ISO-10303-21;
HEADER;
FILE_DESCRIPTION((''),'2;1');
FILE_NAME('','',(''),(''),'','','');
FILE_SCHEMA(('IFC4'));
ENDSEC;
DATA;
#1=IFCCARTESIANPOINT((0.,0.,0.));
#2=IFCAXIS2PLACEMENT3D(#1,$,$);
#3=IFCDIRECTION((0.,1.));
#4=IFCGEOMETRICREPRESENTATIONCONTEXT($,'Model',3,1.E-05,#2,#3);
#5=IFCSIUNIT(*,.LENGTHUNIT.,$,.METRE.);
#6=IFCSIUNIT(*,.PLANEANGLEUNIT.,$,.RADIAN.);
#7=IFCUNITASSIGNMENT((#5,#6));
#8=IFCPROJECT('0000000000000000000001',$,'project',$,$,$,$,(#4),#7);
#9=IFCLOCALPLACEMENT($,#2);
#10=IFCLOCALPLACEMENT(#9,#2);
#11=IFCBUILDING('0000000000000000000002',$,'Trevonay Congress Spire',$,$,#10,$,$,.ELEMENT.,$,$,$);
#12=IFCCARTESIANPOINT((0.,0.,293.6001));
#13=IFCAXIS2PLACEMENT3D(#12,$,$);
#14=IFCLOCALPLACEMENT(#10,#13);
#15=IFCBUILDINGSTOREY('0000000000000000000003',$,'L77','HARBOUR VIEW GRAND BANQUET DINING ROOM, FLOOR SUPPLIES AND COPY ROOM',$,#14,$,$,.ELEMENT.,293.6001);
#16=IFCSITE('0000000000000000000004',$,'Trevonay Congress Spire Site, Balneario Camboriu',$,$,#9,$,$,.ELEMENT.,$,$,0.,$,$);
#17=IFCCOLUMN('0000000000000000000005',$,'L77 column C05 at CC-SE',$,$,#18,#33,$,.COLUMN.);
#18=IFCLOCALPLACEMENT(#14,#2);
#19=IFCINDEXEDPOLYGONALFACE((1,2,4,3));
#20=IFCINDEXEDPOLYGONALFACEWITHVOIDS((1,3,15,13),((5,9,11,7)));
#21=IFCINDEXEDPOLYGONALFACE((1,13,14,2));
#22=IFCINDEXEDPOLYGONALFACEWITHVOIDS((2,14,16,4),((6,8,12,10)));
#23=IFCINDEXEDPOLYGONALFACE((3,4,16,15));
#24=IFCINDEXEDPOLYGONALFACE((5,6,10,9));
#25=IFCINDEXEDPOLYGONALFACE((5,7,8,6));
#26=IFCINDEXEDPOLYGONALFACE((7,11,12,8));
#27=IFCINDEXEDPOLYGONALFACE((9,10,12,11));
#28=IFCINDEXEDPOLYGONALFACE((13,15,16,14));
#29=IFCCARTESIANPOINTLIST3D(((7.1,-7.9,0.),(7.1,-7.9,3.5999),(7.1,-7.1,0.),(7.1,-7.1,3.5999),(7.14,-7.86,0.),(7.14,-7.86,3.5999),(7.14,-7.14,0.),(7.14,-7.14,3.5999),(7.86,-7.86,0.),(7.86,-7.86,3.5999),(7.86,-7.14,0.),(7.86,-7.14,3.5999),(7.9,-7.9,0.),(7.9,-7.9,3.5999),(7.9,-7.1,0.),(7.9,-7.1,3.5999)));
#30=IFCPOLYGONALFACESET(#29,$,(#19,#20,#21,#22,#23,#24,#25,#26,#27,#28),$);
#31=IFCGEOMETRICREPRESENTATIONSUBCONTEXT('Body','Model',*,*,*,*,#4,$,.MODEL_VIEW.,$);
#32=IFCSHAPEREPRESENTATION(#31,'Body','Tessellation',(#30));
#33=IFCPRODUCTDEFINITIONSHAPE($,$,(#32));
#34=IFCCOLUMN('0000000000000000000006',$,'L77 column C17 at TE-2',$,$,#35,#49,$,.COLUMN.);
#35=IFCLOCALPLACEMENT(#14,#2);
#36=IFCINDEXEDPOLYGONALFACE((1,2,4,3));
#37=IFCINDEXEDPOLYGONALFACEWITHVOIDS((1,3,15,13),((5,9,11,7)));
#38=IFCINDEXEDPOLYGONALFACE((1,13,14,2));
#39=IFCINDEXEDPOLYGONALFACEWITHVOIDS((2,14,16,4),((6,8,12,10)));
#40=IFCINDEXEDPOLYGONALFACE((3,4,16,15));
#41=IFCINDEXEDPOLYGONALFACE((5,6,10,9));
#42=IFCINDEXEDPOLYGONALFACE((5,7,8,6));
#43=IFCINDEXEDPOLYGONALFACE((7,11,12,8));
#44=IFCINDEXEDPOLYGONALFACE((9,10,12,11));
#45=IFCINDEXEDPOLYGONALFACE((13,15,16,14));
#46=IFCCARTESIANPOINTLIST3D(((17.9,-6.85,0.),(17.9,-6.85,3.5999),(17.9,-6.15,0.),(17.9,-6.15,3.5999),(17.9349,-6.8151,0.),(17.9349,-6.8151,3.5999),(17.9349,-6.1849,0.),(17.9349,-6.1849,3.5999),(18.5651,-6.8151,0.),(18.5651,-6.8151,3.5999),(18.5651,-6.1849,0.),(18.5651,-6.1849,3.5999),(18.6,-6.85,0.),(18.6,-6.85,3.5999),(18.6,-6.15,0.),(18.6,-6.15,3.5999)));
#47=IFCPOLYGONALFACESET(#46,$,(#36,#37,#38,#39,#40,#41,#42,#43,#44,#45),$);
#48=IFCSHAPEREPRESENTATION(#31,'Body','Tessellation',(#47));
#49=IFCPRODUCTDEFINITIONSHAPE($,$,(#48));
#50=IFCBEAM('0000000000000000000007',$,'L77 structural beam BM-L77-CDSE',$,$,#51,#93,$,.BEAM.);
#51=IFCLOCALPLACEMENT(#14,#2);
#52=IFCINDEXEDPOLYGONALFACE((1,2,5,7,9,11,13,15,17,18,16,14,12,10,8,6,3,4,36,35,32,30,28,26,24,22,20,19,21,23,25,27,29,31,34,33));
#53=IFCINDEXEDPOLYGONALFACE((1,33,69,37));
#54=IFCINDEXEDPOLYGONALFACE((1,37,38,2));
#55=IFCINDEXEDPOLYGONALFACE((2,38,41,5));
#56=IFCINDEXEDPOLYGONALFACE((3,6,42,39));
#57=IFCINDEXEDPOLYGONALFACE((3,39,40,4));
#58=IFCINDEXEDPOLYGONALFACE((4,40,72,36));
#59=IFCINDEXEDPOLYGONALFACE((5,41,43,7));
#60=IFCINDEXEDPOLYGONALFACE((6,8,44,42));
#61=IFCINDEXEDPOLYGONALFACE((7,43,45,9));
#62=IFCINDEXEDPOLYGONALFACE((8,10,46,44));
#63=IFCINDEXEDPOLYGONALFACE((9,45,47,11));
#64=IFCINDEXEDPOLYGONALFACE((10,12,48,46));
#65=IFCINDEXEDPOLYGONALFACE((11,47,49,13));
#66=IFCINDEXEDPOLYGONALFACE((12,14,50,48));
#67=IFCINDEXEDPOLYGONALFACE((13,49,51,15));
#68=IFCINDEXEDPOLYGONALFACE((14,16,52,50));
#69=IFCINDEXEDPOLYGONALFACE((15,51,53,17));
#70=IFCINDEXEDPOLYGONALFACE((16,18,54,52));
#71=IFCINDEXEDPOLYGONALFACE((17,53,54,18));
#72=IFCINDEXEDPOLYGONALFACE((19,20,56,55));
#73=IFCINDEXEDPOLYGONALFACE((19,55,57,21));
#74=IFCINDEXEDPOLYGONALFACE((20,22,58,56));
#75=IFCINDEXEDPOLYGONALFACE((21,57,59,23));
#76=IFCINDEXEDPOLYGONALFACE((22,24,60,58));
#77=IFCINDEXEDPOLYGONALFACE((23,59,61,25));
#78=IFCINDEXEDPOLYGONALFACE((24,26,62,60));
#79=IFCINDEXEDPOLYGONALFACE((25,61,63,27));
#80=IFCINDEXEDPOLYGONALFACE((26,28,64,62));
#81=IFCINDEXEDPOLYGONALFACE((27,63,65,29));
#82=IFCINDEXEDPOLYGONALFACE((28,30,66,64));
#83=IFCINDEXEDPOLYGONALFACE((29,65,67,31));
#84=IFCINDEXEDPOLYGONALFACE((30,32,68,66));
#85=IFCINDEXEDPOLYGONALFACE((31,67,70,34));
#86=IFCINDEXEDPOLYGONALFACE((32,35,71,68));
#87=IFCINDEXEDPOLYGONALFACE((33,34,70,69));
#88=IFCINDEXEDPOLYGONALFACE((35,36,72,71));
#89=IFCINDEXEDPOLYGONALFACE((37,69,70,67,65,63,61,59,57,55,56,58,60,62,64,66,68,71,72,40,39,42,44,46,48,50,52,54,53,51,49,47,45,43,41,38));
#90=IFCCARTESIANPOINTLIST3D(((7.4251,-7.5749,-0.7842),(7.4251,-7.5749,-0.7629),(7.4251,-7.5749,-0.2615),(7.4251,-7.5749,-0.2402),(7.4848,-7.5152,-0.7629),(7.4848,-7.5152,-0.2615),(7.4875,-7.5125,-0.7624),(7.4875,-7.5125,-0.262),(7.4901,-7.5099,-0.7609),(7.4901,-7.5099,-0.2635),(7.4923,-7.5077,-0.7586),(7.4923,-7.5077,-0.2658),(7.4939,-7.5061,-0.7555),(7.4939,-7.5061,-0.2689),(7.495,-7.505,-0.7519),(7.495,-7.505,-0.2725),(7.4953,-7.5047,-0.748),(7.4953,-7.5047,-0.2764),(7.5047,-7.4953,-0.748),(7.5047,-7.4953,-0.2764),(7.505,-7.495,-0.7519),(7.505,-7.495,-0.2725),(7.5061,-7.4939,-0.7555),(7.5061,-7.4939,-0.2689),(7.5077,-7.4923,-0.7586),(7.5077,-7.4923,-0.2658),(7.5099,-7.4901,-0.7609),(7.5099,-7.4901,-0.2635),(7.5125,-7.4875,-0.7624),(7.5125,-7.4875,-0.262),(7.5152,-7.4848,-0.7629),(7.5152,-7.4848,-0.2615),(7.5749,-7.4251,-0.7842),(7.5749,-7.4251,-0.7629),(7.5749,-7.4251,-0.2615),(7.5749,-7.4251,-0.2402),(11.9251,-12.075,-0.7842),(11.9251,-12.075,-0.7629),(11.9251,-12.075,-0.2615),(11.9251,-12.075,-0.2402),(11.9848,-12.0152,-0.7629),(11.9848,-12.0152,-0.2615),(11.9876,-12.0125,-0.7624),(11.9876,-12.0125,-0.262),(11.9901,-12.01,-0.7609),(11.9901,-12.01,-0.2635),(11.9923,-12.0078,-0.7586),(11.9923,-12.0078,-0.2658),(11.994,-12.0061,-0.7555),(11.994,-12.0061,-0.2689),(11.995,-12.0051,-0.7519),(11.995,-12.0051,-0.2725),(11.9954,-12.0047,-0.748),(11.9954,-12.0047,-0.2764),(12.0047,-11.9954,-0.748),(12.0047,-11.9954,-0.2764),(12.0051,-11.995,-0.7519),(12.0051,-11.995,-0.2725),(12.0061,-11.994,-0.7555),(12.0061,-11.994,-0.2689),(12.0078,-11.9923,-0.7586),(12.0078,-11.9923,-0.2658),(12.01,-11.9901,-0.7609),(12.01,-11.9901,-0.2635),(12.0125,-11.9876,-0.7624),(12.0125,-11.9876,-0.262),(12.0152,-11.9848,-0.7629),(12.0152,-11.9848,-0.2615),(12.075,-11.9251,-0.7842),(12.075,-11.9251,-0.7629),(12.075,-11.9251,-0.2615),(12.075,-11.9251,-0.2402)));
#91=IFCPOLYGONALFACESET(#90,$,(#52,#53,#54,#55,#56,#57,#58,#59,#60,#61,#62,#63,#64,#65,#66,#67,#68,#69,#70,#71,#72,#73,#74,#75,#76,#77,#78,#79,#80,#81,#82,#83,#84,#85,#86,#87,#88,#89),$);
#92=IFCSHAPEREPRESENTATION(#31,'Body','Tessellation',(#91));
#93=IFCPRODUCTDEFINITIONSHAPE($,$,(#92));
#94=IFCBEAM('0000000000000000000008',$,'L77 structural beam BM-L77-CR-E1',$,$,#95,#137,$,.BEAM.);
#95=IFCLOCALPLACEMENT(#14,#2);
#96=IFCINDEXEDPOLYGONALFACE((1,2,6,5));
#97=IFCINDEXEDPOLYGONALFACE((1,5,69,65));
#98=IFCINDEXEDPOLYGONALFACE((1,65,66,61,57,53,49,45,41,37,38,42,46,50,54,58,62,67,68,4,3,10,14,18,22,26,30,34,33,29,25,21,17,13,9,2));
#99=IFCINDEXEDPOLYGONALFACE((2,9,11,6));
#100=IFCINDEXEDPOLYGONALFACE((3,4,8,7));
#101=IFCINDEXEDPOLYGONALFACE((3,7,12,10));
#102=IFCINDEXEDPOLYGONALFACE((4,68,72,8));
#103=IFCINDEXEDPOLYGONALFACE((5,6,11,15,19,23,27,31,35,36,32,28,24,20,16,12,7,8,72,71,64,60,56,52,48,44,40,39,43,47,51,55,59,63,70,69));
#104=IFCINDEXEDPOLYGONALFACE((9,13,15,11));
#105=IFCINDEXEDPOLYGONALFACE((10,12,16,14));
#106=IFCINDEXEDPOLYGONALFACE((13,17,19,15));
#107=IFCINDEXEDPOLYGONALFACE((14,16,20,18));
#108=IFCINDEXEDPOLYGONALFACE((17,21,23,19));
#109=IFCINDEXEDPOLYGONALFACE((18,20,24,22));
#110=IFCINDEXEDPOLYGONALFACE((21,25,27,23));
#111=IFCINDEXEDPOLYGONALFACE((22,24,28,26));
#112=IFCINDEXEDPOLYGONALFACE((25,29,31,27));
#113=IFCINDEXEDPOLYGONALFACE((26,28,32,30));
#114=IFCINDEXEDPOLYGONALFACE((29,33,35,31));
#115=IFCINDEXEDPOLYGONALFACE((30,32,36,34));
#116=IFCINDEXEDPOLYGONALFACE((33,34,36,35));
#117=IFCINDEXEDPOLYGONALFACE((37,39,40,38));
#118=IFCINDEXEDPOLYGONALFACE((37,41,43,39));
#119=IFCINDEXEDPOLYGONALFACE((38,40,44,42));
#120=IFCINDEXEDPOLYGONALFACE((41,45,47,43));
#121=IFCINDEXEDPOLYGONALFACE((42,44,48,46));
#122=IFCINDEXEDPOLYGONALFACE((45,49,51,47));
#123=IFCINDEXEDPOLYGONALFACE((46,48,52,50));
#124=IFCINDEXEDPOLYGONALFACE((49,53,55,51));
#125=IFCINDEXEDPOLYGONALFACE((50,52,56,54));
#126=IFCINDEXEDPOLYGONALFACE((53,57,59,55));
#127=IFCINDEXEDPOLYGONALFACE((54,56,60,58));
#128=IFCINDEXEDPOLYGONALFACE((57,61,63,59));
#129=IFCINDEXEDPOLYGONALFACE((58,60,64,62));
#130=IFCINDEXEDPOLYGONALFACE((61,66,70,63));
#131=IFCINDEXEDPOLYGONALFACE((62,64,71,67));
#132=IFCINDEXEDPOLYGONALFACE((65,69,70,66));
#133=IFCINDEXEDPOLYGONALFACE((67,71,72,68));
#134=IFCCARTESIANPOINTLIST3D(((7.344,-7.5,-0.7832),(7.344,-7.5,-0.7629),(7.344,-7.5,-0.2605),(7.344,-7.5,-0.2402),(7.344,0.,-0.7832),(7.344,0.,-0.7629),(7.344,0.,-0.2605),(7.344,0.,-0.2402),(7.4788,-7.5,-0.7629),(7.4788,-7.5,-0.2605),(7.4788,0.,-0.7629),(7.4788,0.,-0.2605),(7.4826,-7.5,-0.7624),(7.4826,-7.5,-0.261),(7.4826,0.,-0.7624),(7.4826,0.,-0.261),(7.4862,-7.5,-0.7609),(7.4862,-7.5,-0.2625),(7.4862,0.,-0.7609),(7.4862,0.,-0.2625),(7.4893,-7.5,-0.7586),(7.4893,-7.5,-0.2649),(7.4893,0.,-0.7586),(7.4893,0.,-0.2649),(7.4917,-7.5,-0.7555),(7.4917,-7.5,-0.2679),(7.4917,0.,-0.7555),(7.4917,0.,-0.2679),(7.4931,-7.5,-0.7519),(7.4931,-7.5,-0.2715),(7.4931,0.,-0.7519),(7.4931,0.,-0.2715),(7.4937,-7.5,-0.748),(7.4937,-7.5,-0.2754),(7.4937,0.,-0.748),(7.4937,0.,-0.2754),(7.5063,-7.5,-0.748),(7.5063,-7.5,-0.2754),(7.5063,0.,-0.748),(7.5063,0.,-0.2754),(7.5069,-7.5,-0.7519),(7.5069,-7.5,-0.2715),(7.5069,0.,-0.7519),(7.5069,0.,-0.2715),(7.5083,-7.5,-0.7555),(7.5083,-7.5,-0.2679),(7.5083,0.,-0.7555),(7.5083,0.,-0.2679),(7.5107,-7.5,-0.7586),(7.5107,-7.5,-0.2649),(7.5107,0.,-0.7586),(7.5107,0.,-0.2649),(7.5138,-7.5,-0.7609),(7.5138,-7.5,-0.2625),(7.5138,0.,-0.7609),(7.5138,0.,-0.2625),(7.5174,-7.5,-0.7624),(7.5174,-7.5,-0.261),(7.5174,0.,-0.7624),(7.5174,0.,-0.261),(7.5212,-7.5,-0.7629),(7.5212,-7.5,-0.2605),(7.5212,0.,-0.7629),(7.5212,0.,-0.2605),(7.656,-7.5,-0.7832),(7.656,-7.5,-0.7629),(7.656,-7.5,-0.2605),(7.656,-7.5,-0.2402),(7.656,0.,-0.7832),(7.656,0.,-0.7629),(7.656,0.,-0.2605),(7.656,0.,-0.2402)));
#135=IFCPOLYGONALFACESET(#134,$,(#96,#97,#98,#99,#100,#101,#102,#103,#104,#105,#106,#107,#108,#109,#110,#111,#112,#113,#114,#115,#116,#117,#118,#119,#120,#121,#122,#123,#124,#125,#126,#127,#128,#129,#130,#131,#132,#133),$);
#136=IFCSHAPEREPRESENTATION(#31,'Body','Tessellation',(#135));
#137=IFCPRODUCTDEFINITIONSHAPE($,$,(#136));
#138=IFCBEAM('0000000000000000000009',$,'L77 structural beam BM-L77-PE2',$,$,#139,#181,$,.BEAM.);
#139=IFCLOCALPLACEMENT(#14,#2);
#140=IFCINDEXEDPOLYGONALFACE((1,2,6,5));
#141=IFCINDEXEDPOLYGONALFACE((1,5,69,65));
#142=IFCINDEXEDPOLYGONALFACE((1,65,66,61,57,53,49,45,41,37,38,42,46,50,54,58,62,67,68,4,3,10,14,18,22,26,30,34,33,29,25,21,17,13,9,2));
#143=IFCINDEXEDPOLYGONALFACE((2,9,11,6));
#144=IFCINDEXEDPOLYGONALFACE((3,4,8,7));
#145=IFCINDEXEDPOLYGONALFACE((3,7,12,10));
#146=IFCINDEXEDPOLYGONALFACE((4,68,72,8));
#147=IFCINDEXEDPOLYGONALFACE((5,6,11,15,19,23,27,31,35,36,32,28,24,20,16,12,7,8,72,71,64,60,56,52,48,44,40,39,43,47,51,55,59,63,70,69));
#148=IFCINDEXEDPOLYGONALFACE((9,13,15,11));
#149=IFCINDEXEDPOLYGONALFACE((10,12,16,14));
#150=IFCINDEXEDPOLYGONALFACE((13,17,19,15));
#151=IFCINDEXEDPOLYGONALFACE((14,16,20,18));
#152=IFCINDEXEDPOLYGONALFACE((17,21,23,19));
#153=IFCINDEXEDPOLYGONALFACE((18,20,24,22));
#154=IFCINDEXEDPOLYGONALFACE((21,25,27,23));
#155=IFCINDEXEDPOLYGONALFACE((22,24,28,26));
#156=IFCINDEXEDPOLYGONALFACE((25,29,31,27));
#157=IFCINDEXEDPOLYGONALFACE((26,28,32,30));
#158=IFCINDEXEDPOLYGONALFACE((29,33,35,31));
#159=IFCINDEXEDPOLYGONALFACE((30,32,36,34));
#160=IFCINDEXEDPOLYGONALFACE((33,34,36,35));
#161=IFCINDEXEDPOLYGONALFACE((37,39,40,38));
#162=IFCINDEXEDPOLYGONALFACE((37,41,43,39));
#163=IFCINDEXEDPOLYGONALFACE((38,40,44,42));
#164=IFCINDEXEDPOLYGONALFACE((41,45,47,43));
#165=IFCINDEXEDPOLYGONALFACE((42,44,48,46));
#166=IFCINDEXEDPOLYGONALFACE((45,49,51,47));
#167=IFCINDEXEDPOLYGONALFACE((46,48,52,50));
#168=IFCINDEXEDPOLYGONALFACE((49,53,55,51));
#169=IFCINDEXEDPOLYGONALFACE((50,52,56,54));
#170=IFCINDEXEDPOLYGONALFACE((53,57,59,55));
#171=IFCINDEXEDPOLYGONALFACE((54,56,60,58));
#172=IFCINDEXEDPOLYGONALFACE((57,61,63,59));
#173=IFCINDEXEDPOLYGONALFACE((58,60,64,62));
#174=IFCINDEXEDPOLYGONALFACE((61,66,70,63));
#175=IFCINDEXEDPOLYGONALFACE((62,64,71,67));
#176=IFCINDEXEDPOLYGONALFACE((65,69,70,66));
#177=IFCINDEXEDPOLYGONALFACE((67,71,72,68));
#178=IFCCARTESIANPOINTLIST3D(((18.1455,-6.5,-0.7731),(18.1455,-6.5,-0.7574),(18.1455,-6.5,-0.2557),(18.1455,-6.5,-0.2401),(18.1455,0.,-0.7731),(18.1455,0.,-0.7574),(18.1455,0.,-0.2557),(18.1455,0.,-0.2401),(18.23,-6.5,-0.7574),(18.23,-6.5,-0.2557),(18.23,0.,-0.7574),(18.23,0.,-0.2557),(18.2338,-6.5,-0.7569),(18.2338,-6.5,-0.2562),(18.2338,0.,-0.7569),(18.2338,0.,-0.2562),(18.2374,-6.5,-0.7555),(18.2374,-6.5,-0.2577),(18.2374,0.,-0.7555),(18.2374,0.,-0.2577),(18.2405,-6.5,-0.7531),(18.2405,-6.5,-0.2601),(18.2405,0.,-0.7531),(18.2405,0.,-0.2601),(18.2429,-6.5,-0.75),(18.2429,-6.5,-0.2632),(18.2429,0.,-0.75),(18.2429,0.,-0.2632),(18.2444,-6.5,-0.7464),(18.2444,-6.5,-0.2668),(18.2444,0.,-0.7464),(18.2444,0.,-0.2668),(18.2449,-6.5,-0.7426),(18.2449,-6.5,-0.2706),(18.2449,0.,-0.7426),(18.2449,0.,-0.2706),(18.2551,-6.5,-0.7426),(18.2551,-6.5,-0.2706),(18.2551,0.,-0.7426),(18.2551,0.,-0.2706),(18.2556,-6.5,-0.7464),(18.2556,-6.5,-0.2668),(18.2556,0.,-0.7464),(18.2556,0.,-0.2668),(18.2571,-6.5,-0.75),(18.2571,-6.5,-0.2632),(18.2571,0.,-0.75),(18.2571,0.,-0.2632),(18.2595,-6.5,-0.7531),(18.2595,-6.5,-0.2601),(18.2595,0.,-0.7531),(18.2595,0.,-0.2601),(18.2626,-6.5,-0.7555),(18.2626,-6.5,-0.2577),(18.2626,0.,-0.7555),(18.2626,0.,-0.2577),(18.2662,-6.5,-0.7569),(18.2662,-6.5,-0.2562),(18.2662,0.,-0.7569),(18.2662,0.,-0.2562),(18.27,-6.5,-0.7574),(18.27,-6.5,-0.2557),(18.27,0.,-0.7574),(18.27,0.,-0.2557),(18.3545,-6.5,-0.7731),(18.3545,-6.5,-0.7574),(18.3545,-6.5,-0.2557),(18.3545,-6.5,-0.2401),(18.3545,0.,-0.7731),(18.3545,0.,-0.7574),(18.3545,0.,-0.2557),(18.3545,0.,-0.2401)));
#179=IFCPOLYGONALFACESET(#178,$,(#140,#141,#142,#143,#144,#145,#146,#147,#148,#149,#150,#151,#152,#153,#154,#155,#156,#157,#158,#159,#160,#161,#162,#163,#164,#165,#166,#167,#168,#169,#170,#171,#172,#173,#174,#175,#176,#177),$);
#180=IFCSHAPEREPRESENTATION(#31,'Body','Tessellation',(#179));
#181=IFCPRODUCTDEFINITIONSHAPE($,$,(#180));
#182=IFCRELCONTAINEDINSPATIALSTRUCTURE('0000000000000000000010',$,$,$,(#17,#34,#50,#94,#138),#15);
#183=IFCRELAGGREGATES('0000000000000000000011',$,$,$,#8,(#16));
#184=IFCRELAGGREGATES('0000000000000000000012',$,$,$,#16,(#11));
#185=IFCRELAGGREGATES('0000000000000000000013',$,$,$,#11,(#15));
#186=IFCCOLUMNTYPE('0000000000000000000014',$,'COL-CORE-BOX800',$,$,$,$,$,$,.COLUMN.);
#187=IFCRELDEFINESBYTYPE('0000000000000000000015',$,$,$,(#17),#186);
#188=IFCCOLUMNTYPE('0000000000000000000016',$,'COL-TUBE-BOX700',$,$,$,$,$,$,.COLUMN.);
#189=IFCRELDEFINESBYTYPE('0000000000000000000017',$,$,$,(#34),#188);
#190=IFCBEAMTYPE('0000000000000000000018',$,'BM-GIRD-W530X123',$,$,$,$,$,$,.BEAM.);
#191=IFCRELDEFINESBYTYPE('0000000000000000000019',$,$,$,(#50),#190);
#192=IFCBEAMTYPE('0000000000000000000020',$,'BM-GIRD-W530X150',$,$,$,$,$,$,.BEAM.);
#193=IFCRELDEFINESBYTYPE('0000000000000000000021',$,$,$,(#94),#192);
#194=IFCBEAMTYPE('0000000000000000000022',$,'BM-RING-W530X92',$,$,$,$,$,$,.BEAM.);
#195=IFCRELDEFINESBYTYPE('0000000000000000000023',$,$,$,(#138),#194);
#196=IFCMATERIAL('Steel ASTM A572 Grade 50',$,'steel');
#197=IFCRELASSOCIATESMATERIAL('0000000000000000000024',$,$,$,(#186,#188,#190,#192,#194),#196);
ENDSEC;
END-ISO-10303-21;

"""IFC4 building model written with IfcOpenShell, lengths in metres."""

from ifc_helpers import new_model, si_unit, direction, frame, origin, origin_2d, place, context, subcontext, project, spatial, hollow_rectangle, i_section, extrude, material, material_profile, profile_set, type_object, element, save


model = new_model("IFC4")

# Units and contexts
model_context = context("Model", 3, precision=1e-05, world=origin(), true_north=direction((0.0, 1.0)))
body_context = subcontext(model_context, "Body", "Model", "MODEL_VIEW")
ifc_project = project(units=[si_unit("LENGTHUNIT", "METRE"), si_unit("PLANEANGLEUNIT", "RADIAN")], contexts=[model_context])

# Site, building, storey
site_placement = place(None, origin())
site = spatial("IfcSite", under=ifc_project, at=site_placement, Name="Trevonay Congress Spire Site, Balneario Camboriu", CompositionType="ELEMENT", RefElevation=0.0)
building_placement = place(site_placement, origin())
building = spatial("IfcBuilding", under=site, at=building_placement, Name="Trevonay Congress Spire", CompositionType="ELEMENT")
storey_placement = place(building_placement, frame((0.0, 0.0, 293.6001)))
storey = spatial("IfcBuildingStorey", under=building, at=storey_placement, Name="L77", Description="HARBOUR VIEW GRAND BANQUET DINING ROOM, FLOOR SUPPLIES AND COPY ROOM", CompositionType="ELEMENT", Elevation=293.6001)

# Columns
ifc_material_1 = material(Name="Steel ASTM A572 Grade 50", Category="steel")
ifc_material_profile_1 = material_profile(ifc_material_1, hollow_rectangle(XDim=0.8, YDim=0.8, WallThickness=0.04, at=origin_2d()), Name="BOX 800x800x40")
ifc_profile_set_1 = profile_set([ifc_material_profile_1], Name="Steel ASTM A572 Grade 50")
column_type_1 = type_object("IfcColumnType", Name="COL-CORE-BOX800", PredefinedType="COLUMN", material=ifc_profile_set_1)
column_1_placement = place(storey_placement, frame((7.5, -7.5, 0.0), z_axis=(0.0, 0.0, 1.0), x_axis=(1.0, 0.0, 0.0)))
element("IfcColumn", 1, at=column_1_placement, inside=storey, type_object=column_type_1, Name="L77 column C05 at CC-SE", PredefinedType="COLUMN", context=body_context, shape_type="SweptSolid", body=[
    extrude(hollow_rectangle(XDim=0.8, YDim=0.8, WallThickness=0.04, at=origin_2d()), origin(), (0.0, 0.0, 1.0), 3.5999),
])
ifc_material_profile_2 = material_profile(ifc_material_1, hollow_rectangle(XDim=0.7, YDim=0.7, WallThickness=0.0349, at=origin_2d()), Name="BOX 700x700x35")
ifc_profile_set_2 = profile_set([ifc_material_profile_2], Name="Steel ASTM A572 Grade 50")
column_type_2 = type_object("IfcColumnType", Name="COL-TUBE-BOX700", PredefinedType="COLUMN", material=ifc_profile_set_2)
column_2_placement = place(storey_placement, frame((18.25, -6.5, 0.0), z_axis=(0.0, 0.0, 1.0), x_axis=(1.0, 0.0, 0.0)))
element("IfcColumn", 2, at=column_2_placement, inside=storey, type_object=column_type_2, Name="L77 column C17 at TE-2", PredefinedType="COLUMN", context=body_context, shape_type="SweptSolid", body=[
    extrude(hollow_rectangle(XDim=0.7, YDim=0.7, WallThickness=0.0349, at=origin_2d()), origin(), (0.0, 0.0, 1.0), 3.5999),
])

# Beams
ifc_material_profile_3 = material_profile(ifc_material_1, i_section(OverallWidth=0.2119, OverallDepth=0.5439, WebThickness=0.0132, FlangeThickness=0.0212, FilletRadius=0.0149, at=origin_2d()), Name="W530x123")
ifc_profile_set_3 = profile_set([ifc_material_profile_3], Name="Steel ASTM A572 Grade 50")
beam_type_1 = type_object("IfcBeamType", Name="BM-GIRD-W530X123", PredefinedType="BEAM", material=ifc_profile_set_3)
beam_1_placement = place(storey_placement, frame((7.5, -7.5, -0.5122), z_axis=(0.707107, -0.707107, 0.0), x_axis=(0.707107, 0.707107, 0.0)))
element("IfcBeam", 3, at=beam_1_placement, inside=storey, type_object=beam_type_1, Name="L77 structural beam BM-L77-CDSE", PredefinedType="BEAM", context=body_context, shape_type="SweptSolid", body=[
    extrude(i_section(OverallWidth=0.2119, OverallDepth=0.5439, WebThickness=0.0132, FlangeThickness=0.0212, FilletRadius=0.0149, at=origin_2d()), origin(), (0.0, 0.0, 1.0), 6.364),
])
ifc_material_profile_4 = material_profile(ifc_material_1, i_section(OverallWidth=0.312, OverallDepth=0.543, WebThickness=0.0127, FlangeThickness=0.0203, FilletRadius=0.0149, at=origin_2d()), Name="W530x150")
ifc_profile_set_4 = profile_set([ifc_material_profile_4], Name="Steel ASTM A572 Grade 50")
beam_type_2 = type_object("IfcBeamType", Name="BM-GIRD-W530X150", PredefinedType="BEAM", material=ifc_profile_set_4)
beam_2_placement = place(storey_placement, frame((7.5, -7.5, -0.5117), z_axis=(0.0, 1.0, 0.0), x_axis=(-1.0, 0.0, 0.0)))
element("IfcBeam", 4, at=beam_2_placement, inside=storey, type_object=beam_type_2, Name="L77 structural beam BM-L77-CR-E1", PredefinedType="BEAM", context=body_context, shape_type="SweptSolid", body=[
    extrude(i_section(OverallWidth=0.312, OverallDepth=0.543, WebThickness=0.0127, FlangeThickness=0.0203, FilletRadius=0.0149, at=origin_2d()), origin(), (0.0, 0.0, 1.0), 7.5),
])
ifc_material_profile_5 = material_profile(ifc_material_1, i_section(OverallWidth=0.209, OverallDepth=0.533, WebThickness=0.0103, FlangeThickness=0.0156, FilletRadius=0.0149, at=origin_2d()), Name="W530x92")
ifc_profile_set_5 = profile_set([ifc_material_profile_5], Name="Steel ASTM A572 Grade 50")
beam_type_3 = type_object("IfcBeamType", Name="BM-RING-W530X92", PredefinedType="BEAM", material=ifc_profile_set_5)
beam_3_placement = place(storey_placement, frame((18.25, -6.5, -0.5066), z_axis=(0.0, 1.0, 0.0), x_axis=(-1.0, 0.0, 0.0)))
element("IfcBeam", 5, at=beam_3_placement, inside=storey, type_object=beam_type_3, Name="L77 structural beam BM-L77-PE2", PredefinedType="BEAM", context=body_context, shape_type="SweptSolid", body=[
    extrude(i_section(OverallWidth=0.209, OverallDepth=0.533, WebThickness=0.0103, FlangeThickness=0.0156, FilletRadius=0.0149, at=origin_2d()), origin(), (0.0, 0.0, 1.0), 6.5),
])

save(model, "model.ifc")
